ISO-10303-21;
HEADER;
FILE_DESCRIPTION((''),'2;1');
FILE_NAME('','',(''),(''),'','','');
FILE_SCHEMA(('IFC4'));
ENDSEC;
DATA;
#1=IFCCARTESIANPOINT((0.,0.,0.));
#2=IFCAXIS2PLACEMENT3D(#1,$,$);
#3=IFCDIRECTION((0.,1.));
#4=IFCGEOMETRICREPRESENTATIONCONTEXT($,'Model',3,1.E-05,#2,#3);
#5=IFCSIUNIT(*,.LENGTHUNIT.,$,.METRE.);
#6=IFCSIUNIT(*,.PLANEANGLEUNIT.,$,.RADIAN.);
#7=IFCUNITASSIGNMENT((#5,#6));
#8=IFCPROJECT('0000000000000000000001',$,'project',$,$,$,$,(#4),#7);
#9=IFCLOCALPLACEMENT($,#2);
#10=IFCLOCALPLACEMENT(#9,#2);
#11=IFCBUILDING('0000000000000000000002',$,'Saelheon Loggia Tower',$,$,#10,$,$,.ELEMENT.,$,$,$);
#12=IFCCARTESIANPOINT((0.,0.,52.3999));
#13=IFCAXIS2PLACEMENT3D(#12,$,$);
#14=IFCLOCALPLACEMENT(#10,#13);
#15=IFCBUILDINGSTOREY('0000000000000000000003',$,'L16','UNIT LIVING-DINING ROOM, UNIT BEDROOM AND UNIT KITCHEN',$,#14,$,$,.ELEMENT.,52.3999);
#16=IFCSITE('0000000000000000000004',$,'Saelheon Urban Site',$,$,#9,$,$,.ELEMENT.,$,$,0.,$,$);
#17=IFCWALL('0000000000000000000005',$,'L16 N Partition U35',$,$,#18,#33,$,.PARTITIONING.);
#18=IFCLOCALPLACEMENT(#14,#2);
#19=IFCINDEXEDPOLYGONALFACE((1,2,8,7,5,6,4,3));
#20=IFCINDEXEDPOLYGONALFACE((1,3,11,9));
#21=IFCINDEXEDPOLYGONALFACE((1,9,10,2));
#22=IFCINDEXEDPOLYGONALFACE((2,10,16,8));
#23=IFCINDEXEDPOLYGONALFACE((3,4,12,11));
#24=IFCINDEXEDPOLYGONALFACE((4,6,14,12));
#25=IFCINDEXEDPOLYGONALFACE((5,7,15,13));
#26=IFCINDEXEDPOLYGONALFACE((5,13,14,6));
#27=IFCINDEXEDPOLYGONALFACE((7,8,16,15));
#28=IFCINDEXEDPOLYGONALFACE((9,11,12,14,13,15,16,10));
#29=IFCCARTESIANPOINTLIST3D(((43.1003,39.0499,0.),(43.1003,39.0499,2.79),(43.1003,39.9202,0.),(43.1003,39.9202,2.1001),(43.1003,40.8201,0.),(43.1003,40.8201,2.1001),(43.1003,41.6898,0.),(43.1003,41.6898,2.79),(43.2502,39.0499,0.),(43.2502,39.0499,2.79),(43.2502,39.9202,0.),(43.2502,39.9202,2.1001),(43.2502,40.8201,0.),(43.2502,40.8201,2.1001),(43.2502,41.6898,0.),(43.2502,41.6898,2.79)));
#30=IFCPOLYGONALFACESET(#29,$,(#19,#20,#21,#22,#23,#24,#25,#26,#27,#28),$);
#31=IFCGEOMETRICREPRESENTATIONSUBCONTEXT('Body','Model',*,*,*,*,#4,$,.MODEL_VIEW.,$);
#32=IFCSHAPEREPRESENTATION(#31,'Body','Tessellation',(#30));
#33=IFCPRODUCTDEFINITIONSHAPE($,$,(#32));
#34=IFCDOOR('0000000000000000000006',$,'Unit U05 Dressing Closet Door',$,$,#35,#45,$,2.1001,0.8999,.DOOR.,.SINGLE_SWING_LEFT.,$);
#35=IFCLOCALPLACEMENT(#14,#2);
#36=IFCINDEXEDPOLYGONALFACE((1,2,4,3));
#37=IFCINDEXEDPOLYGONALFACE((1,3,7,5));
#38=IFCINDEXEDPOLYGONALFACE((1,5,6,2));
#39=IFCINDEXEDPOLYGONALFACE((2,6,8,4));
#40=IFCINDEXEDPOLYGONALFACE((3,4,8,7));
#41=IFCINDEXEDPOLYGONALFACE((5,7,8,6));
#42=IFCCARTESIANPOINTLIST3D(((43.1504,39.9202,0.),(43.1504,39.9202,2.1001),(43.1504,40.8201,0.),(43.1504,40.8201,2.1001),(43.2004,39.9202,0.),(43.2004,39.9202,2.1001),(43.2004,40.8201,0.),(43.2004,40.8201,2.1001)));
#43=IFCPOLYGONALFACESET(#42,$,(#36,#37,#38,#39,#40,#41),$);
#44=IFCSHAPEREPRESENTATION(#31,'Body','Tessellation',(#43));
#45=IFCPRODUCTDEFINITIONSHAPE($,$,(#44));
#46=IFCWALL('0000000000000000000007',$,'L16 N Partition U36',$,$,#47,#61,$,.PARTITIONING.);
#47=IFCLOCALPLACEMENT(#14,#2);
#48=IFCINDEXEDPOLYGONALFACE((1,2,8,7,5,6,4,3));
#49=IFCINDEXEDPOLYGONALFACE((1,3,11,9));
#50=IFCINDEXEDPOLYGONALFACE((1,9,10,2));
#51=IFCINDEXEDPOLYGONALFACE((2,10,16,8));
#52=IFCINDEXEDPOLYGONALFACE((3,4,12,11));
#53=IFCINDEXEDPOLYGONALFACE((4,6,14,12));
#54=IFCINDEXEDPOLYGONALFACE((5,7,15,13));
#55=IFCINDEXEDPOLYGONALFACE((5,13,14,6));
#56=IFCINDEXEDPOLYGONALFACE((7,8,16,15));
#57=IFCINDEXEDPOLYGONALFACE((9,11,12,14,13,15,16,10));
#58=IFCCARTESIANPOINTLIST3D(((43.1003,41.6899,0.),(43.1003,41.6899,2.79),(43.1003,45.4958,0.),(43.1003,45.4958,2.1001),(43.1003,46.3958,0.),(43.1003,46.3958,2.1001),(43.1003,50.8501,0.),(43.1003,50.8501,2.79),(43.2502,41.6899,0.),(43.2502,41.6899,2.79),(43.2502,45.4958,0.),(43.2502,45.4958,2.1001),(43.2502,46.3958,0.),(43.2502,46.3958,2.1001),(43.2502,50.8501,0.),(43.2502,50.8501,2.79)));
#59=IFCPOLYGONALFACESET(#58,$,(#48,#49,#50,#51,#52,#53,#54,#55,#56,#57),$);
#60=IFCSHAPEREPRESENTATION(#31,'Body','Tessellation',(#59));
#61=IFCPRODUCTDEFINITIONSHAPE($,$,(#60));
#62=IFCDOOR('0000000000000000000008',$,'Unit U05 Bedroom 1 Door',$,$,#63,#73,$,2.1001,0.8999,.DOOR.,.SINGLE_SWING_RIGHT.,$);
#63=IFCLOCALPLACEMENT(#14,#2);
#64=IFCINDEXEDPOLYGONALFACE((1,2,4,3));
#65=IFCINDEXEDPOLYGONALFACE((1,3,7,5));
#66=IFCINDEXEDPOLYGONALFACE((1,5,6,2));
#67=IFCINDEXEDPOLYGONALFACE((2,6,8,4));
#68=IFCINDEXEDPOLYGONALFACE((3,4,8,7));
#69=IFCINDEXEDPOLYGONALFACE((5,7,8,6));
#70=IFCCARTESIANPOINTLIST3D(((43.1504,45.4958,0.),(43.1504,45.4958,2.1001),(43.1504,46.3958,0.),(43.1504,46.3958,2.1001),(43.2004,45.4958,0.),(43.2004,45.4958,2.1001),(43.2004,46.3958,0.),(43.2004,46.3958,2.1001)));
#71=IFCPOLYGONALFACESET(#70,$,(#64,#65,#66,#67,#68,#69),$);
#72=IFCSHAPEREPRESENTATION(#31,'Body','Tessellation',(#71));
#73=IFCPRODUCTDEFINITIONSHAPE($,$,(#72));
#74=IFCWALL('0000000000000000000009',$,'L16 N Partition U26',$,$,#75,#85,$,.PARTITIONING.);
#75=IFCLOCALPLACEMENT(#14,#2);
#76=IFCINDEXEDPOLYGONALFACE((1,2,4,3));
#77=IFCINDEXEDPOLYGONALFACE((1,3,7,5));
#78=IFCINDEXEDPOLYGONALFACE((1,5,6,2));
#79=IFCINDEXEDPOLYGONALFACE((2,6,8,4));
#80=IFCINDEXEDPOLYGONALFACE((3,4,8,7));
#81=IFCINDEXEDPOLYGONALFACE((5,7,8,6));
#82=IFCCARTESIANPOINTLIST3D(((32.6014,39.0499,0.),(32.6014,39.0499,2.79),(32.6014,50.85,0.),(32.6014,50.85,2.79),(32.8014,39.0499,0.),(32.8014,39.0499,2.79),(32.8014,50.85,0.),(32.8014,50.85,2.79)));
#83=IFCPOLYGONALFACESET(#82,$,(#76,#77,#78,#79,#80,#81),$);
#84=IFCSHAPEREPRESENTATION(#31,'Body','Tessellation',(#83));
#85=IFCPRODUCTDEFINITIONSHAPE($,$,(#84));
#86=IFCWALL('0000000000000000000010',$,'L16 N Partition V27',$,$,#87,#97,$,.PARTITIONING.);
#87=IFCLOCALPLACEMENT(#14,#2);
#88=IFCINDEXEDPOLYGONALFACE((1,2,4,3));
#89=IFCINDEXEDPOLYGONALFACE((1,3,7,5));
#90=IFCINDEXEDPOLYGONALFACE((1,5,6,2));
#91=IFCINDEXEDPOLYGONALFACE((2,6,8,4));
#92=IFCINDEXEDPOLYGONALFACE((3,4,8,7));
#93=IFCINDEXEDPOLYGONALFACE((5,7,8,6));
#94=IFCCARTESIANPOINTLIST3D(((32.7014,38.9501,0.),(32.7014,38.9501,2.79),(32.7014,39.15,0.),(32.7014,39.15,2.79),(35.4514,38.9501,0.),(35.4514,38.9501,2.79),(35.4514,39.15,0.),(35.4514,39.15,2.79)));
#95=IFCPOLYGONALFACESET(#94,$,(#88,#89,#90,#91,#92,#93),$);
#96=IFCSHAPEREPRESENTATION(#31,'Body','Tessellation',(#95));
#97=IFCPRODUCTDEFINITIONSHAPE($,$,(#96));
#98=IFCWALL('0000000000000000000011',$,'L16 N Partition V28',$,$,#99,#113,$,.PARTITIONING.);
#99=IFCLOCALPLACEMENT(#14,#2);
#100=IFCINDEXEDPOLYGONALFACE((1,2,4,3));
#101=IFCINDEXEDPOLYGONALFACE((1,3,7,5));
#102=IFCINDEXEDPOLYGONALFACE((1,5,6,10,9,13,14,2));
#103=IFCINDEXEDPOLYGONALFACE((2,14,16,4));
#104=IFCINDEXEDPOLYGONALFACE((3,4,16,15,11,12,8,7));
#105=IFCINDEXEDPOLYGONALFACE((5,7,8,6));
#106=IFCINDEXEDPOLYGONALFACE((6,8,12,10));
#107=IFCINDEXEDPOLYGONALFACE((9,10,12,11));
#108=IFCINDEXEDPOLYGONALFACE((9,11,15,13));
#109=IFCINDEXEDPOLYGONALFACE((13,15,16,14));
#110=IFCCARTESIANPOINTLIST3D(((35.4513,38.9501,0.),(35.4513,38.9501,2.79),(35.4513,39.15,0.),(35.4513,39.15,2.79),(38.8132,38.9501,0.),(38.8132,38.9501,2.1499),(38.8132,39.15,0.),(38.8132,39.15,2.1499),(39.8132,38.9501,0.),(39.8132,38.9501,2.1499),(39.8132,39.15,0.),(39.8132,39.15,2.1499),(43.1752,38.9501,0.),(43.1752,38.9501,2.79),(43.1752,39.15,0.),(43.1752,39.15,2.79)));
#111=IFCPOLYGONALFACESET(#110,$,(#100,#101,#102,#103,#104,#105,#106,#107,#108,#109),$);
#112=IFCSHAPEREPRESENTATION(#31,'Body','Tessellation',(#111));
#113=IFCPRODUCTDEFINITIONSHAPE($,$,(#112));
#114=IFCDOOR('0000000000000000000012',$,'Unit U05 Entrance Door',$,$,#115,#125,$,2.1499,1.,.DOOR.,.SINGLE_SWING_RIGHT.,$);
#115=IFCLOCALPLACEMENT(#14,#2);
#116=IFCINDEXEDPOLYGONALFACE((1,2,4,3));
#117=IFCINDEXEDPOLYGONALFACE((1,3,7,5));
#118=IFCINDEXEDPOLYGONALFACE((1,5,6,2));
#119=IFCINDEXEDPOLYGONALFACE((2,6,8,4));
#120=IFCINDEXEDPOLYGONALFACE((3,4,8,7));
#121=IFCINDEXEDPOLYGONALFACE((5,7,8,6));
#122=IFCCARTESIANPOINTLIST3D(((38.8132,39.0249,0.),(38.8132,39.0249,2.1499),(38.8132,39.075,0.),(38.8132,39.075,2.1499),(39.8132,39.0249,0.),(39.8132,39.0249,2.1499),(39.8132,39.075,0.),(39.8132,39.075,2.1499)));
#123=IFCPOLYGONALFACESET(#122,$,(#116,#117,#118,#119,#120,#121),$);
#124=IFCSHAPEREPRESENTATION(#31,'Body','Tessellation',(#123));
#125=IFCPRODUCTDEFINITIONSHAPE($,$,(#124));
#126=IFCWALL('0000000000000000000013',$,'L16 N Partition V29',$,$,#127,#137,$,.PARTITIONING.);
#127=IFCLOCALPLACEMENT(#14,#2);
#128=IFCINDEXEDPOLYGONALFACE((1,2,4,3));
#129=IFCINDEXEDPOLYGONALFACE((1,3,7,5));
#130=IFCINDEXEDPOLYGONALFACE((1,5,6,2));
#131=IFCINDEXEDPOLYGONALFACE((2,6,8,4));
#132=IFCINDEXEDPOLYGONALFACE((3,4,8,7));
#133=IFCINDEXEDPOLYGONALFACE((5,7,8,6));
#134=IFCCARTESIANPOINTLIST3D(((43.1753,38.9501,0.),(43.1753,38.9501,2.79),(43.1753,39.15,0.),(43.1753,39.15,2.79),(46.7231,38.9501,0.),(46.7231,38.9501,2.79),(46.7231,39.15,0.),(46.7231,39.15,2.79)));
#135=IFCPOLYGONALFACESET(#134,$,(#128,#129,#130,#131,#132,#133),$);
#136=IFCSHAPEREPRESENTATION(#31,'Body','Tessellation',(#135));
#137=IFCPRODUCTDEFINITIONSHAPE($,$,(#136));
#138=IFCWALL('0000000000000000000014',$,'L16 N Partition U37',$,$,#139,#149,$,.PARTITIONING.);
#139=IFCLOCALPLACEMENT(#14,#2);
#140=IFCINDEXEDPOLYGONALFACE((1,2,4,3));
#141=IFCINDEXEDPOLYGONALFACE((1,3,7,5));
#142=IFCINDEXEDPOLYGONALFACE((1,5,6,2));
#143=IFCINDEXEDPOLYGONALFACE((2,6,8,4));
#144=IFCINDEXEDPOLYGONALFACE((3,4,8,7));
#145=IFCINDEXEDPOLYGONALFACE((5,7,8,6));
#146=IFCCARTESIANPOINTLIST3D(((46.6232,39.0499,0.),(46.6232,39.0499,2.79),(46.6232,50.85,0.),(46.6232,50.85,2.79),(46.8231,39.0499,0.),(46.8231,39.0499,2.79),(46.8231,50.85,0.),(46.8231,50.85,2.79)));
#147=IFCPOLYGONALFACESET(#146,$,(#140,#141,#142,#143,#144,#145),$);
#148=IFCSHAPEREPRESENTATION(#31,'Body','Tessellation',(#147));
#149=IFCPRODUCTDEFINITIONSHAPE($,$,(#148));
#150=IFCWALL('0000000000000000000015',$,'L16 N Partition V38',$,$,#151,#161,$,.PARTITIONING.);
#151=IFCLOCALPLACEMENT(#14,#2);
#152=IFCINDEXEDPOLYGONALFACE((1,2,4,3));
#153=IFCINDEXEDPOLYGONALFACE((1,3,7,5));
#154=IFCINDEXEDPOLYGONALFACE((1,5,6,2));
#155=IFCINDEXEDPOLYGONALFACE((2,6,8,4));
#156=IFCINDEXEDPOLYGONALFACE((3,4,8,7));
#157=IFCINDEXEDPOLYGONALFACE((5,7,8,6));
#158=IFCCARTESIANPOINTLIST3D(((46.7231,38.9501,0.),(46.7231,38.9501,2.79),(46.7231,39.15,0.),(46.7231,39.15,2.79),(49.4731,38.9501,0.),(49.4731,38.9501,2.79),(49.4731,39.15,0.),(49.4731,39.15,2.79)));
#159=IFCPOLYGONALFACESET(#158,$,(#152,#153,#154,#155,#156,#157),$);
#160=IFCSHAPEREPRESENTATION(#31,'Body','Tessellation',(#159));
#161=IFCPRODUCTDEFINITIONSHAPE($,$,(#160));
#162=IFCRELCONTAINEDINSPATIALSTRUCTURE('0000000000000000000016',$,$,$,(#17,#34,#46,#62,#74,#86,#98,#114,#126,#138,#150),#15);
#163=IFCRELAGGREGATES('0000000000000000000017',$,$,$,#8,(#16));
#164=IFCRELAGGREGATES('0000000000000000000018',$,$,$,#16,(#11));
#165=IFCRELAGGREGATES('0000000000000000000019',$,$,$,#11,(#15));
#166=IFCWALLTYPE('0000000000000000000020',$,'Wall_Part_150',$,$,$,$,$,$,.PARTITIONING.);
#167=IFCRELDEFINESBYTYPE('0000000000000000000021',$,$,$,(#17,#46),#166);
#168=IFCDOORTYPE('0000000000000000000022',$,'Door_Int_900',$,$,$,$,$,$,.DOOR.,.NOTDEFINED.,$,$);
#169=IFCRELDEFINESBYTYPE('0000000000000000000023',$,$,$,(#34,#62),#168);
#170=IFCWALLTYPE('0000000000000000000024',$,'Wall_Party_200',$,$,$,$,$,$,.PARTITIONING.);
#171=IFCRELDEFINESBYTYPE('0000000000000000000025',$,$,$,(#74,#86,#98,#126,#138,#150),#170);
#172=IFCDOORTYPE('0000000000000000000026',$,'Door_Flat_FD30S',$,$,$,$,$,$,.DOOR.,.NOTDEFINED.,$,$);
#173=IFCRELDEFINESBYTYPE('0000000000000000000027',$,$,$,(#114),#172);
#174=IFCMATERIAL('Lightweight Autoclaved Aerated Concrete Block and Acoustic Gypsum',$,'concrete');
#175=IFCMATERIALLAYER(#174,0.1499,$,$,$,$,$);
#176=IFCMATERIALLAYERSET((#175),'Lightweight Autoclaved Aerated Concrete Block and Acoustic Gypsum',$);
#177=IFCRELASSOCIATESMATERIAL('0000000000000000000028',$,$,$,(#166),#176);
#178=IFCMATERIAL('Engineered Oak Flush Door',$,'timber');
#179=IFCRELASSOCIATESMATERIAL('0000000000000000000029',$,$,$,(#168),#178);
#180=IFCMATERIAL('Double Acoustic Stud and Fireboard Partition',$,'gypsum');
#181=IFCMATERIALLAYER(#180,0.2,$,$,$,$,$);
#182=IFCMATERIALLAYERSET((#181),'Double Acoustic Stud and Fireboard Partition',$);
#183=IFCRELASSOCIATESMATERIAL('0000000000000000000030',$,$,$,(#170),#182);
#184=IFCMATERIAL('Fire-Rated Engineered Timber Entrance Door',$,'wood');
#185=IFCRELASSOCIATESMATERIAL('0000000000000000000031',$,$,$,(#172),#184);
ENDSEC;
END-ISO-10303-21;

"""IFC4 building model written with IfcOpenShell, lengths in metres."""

from ifc_helpers import new_model, si_unit, direction, frame, frame_2d, origin, place, context, subcontext, project, spatial, rectangle, extrude, source, transform, mapped, material, layer, layer_set, type_object, element, fill, save


model = new_model("IFC4")

# Units and contexts
model_context = context("Model", 3, precision=1e-05, world=origin(), true_north=direction((0.0, 1.0)))
body_context = subcontext(model_context, "Body", "Model", "MODEL_VIEW")
ifc_project = project(units=[si_unit("LENGTHUNIT", "METRE"), si_unit("PLANEANGLEUNIT", "RADIAN")], contexts=[model_context])

# Site, building, storey
site_placement = place(None, origin())
site = spatial("IfcSite", under=ifc_project, at=site_placement, Name="Saelheon Urban Site", CompositionType="ELEMENT", RefElevation=0.0)
building_placement = place(site_placement, origin())
building = spatial("IfcBuilding", under=site, at=building_placement, Name="Saelheon Loggia Tower", CompositionType="ELEMENT")
storey_placement = place(building_placement, frame((0.0, 0.0, 52.3999)))
storey = spatial("IfcBuildingStorey", under=building, at=storey_placement, Name="L16", Description="UNIT LIVING-DINING ROOM, UNIT BEDROOM AND UNIT KITCHEN", CompositionType="ELEMENT", Elevation=52.3999)

# Shared definitions
ifc_material_1 = material(Name="Lightweight Autoclaved Aerated Concrete Block and Acoustic Gypsum", Category="concrete")
ifc_layer_1 = layer(ifc_material_1, 0.1499)
ifc_layer_set_1 = layer_set([ifc_layer_1], Name="Lightweight Autoclaved Aerated Concrete Block and Acoustic Gypsum")
wall_type_1 = type_object("IfcWallType", Name="Wall_Part_150", PredefinedType="PARTITIONING", material=ifc_layer_set_1)

# Walls, openings, doors
ifc_material_2 = material(Name="Engineered Oak Flush Door", Category="timber")
door_type_1 = type_object("IfcDoorType", Name="Door_Int_900", OperationType="NOTDEFINED", PredefinedType="DOOR", material=ifc_material_2)
shared_shape_1 = source(origin(), body_context, "Body", "SweptSolid", [
    extrude(rectangle(XDim=0.8999, YDim=2.1001, at=frame_2d((0.45, 1.05))), frame((0.0, 0.0249, 0.0), z_axis=(0.0, -1.0, 0.0), x_axis=(1.0, 0.0, 0.0)), (0.0, 0.0, 1.0), 0.05),
])
wall_1_placement = place(storey_placement, frame((43.1753, 39.05, 0.0), z_axis=(0.0, 0.0, 1.0), x_axis=(0.0, 1.0, 0.0)))
wall_1 = element("IfcWall", 1, at=wall_1_placement, inside=storey, type_object=wall_type_1, Name="L16 N Partition U35", PredefinedType="PARTITIONING", context=body_context, shape_type="SweptSolid", body=[
    extrude(rectangle(XDim=2.6399, YDim=0.1499, at=frame_2d((1.3198, 0.0))), origin(), (0.0, 0.0, 1.0), 2.79),
])
opening_1_placement = place(wall_1_placement, frame((0.8701, 0.0, 0.0)))
opening_1 = element("IfcOpeningElement", 2, at=opening_1_placement, cuts=wall_1, PredefinedType="OPENING", context=body_context, shape_type="SweptSolid", body=[
    extrude(rectangle(XDim=0.8999, YDim=2.1001, at=frame_2d((0.45, 1.05))), frame((0.0, 0.0869, 0.0), z_axis=(0.0, -1.0, 0.0), x_axis=(1.0, 0.0, 0.0)), (0.0, 0.0, 1.0), 0.1738),
])
door_1_placement = place(opening_1_placement, origin())
door_1 = element("IfcDoor", 3, at=door_1_placement, inside=storey, type_object=door_type_1, Name="Unit U05 Dressing Closet Door", OperationType="SINGLE_SWING_LEFT", OverallHeight=2.1001, OverallWidth=0.8999, PredefinedType="DOOR", context=body_context, shape_type="MappedRepresentation", body=[
    mapped(shared_shape_1, transform((0.0, 0.0, 0.0), scale=1.0)),
])
fill(opening_1, door_1)
wall_2_placement = place(storey_placement, frame((43.1753, 41.6899, 0.0), z_axis=(0.0, 0.0, 1.0), x_axis=(0.0, 1.0, 0.0)))
wall_2 = element("IfcWall", 4, at=wall_2_placement, inside=storey, type_object=wall_type_1, Name="L16 N Partition U36", PredefinedType="PARTITIONING", context=body_context, shape_type="SweptSolid", body=[
    extrude(rectangle(XDim=9.1602, YDim=0.1499, at=frame_2d((4.5801, 0.0))), origin(), (0.0, 0.0, 1.0), 2.79),
])
opening_2_placement = place(wall_2_placement, frame((3.8059, 0.0, 0.0)))
opening_2 = element("IfcOpeningElement", 5, at=opening_2_placement, cuts=wall_2, PredefinedType="OPENING", context=body_context, shape_type="SweptSolid", body=[
    extrude(rectangle(XDim=0.8999, YDim=2.1001, at=frame_2d((0.45, 1.05))), frame((0.0, 0.0869, 0.0), z_axis=(0.0, -1.0, 0.0), x_axis=(1.0, 0.0, 0.0)), (0.0, 0.0, 1.0), 0.1738),
])
door_2_placement = place(opening_2_placement, origin())
door_2 = element("IfcDoor", 6, at=door_2_placement, inside=storey, type_object=door_type_1, Name="Unit U05 Bedroom 1 Door", OperationType="SINGLE_SWING_RIGHT", OverallHeight=2.1001, OverallWidth=0.8999, PredefinedType="DOOR", context=body_context, shape_type="MappedRepresentation", body=[
    mapped(shared_shape_1, transform((0.0, 0.0, 0.0), scale=1.0)),
])
fill(opening_2, door_2)

# Walls
ifc_material_3 = material(Name="Double Acoustic Stud and Fireboard Partition", Category="gypsum")
ifc_layer_2 = layer(ifc_material_3, 0.2)
ifc_layer_set_2 = layer_set([ifc_layer_2], Name="Double Acoustic Stud and Fireboard Partition")
wall_type_2 = type_object("IfcWallType", Name="Wall_Party_200", PredefinedType="PARTITIONING", material=ifc_layer_set_2)
wall_3_placement = place(storey_placement, frame((32.7014, 39.05, 0.0), z_axis=(0.0, 0.0, 1.0), x_axis=(0.0, 1.0, 0.0)))
element("IfcWall", 7, at=wall_3_placement, inside=storey, type_object=wall_type_2, Name="L16 N Partition U26", PredefinedType="PARTITIONING", context=body_context, shape_type="SweptSolid", body=[
    extrude(rectangle(XDim=11.8, YDim=0.2, at=frame_2d((5.8999, 0.0))), origin(), (0.0, 0.0, 1.0), 2.79),
])
wall_4_placement = place(storey_placement, frame((32.7014, 39.05, 0.0), z_axis=(0.0, 0.0, 1.0), x_axis=(1.0, 0.0, 0.0)))
element("IfcWall", 8, at=wall_4_placement, inside=storey, type_object=wall_type_2, Name="L16 N Partition V27", PredefinedType="PARTITIONING", context=body_context, shape_type="SweptSolid", body=[
    extrude(rectangle(XDim=2.75, YDim=0.2, at=frame_2d((1.375, 0.0))), origin(), (0.0, 0.0, 1.0), 2.79),
])

# Wall, opening, door
wall_5_placement = place(storey_placement, frame((35.4514, 39.05, 0.0), z_axis=(0.0, 0.0, 1.0), x_axis=(1.0, 0.0, 0.0)))
wall_5 = element("IfcWall", 9, at=wall_5_placement, inside=storey, type_object=wall_type_2, Name="L16 N Partition V28", PredefinedType="PARTITIONING", context=body_context, shape_type="SweptSolid", body=[
    extrude(rectangle(XDim=7.7239, YDim=0.2, at=frame_2d((3.8618, 0.0))), origin(), (0.0, 0.0, 1.0), 2.79),
])
opening_3_placement = place(wall_5_placement, frame((3.3618, 0.0, 0.0)))
opening_3 = element("IfcOpeningElement", 10, at=opening_3_placement, cuts=wall_5, PredefinedType="OPENING", context=body_context, shape_type="SweptSolid", body=[
    extrude(rectangle(XDim=1.0, YDim=2.1499, at=frame_2d((0.5, 1.075))), frame((0.0, 0.1121, 0.0), z_axis=(0.0, -1.0, 0.0), x_axis=(1.0, 0.0, 0.0)), (0.0, 0.0, 1.0), 0.2239),
])
ifc_material_4 = material(Name="Fire-Rated Engineered Timber Entrance Door", Category="wood")
door_type_2 = type_object("IfcDoorType", Name="Door_Flat_FD30S", OperationType="NOTDEFINED", PredefinedType="DOOR", material=ifc_material_4)
shared_shape_2 = source(origin(), body_context, "Body", "SweptSolid", [
    extrude(rectangle(XDim=1.0, YDim=2.1499, at=frame_2d((0.5, 1.075))), frame((0.0, 0.0249, 0.0), z_axis=(0.0, -1.0, 0.0), x_axis=(1.0, 0.0, 0.0)), (0.0, 0.0, 1.0), 0.05),
])
door_3_placement = place(opening_3_placement, origin())
door_3 = element("IfcDoor", 11, at=door_3_placement, inside=storey, type_object=door_type_2, Name="Unit U05 Entrance Door", OperationType="SINGLE_SWING_RIGHT", OverallHeight=2.1499, OverallWidth=1.0, PredefinedType="DOOR", context=body_context, shape_type="MappedRepresentation", body=[
    mapped(shared_shape_2, transform((0.0, 0.0, 0.0), scale=1.0)),
])
fill(opening_3, door_3)

# Walls
wall_6_placement = place(storey_placement, frame((43.1753, 39.05, 0.0), z_axis=(0.0, 0.0, 1.0), x_axis=(1.0, 0.0, 0.0)))
element("IfcWall", 12, at=wall_6_placement, inside=storey, type_object=wall_type_2, Name="L16 N Partition V29", PredefinedType="PARTITIONING", context=body_context, shape_type="SweptSolid", body=[
    extrude(rectangle(XDim=3.5479, YDim=0.2, at=frame_2d((1.7739, 0.0))), origin(), (0.0, 0.0, 1.0), 2.79),
])
wall_7_placement = place(storey_placement, frame((46.7231, 39.05, 0.0), z_axis=(0.0, 0.0, 1.0), x_axis=(0.0, 1.0, 0.0)))
element("IfcWall", 13, at=wall_7_placement, inside=storey, type_object=wall_type_2, Name="L16 N Partition U37", PredefinedType="PARTITIONING", context=body_context, shape_type="SweptSolid", body=[
    extrude(rectangle(XDim=11.8, YDim=0.2, at=frame_2d((5.8999, 0.0))), origin(), (0.0, 0.0, 1.0), 2.79),
])
wall_8_placement = place(storey_placement, frame((46.7231, 39.05, 0.0), z_axis=(0.0, 0.0, 1.0), x_axis=(1.0, 0.0, 0.0)))
element("IfcWall", 14, at=wall_8_placement, inside=storey, type_object=wall_type_2, Name="L16 N Partition V38", PredefinedType="PARTITIONING", context=body_context, shape_type="SweptSolid", body=[
    extrude(rectangle(XDim=2.75, YDim=0.2, at=frame_2d((1.375, 0.0))), origin(), (0.0, 0.0, 1.0), 2.79),
])

save(model, "model.ifc")
